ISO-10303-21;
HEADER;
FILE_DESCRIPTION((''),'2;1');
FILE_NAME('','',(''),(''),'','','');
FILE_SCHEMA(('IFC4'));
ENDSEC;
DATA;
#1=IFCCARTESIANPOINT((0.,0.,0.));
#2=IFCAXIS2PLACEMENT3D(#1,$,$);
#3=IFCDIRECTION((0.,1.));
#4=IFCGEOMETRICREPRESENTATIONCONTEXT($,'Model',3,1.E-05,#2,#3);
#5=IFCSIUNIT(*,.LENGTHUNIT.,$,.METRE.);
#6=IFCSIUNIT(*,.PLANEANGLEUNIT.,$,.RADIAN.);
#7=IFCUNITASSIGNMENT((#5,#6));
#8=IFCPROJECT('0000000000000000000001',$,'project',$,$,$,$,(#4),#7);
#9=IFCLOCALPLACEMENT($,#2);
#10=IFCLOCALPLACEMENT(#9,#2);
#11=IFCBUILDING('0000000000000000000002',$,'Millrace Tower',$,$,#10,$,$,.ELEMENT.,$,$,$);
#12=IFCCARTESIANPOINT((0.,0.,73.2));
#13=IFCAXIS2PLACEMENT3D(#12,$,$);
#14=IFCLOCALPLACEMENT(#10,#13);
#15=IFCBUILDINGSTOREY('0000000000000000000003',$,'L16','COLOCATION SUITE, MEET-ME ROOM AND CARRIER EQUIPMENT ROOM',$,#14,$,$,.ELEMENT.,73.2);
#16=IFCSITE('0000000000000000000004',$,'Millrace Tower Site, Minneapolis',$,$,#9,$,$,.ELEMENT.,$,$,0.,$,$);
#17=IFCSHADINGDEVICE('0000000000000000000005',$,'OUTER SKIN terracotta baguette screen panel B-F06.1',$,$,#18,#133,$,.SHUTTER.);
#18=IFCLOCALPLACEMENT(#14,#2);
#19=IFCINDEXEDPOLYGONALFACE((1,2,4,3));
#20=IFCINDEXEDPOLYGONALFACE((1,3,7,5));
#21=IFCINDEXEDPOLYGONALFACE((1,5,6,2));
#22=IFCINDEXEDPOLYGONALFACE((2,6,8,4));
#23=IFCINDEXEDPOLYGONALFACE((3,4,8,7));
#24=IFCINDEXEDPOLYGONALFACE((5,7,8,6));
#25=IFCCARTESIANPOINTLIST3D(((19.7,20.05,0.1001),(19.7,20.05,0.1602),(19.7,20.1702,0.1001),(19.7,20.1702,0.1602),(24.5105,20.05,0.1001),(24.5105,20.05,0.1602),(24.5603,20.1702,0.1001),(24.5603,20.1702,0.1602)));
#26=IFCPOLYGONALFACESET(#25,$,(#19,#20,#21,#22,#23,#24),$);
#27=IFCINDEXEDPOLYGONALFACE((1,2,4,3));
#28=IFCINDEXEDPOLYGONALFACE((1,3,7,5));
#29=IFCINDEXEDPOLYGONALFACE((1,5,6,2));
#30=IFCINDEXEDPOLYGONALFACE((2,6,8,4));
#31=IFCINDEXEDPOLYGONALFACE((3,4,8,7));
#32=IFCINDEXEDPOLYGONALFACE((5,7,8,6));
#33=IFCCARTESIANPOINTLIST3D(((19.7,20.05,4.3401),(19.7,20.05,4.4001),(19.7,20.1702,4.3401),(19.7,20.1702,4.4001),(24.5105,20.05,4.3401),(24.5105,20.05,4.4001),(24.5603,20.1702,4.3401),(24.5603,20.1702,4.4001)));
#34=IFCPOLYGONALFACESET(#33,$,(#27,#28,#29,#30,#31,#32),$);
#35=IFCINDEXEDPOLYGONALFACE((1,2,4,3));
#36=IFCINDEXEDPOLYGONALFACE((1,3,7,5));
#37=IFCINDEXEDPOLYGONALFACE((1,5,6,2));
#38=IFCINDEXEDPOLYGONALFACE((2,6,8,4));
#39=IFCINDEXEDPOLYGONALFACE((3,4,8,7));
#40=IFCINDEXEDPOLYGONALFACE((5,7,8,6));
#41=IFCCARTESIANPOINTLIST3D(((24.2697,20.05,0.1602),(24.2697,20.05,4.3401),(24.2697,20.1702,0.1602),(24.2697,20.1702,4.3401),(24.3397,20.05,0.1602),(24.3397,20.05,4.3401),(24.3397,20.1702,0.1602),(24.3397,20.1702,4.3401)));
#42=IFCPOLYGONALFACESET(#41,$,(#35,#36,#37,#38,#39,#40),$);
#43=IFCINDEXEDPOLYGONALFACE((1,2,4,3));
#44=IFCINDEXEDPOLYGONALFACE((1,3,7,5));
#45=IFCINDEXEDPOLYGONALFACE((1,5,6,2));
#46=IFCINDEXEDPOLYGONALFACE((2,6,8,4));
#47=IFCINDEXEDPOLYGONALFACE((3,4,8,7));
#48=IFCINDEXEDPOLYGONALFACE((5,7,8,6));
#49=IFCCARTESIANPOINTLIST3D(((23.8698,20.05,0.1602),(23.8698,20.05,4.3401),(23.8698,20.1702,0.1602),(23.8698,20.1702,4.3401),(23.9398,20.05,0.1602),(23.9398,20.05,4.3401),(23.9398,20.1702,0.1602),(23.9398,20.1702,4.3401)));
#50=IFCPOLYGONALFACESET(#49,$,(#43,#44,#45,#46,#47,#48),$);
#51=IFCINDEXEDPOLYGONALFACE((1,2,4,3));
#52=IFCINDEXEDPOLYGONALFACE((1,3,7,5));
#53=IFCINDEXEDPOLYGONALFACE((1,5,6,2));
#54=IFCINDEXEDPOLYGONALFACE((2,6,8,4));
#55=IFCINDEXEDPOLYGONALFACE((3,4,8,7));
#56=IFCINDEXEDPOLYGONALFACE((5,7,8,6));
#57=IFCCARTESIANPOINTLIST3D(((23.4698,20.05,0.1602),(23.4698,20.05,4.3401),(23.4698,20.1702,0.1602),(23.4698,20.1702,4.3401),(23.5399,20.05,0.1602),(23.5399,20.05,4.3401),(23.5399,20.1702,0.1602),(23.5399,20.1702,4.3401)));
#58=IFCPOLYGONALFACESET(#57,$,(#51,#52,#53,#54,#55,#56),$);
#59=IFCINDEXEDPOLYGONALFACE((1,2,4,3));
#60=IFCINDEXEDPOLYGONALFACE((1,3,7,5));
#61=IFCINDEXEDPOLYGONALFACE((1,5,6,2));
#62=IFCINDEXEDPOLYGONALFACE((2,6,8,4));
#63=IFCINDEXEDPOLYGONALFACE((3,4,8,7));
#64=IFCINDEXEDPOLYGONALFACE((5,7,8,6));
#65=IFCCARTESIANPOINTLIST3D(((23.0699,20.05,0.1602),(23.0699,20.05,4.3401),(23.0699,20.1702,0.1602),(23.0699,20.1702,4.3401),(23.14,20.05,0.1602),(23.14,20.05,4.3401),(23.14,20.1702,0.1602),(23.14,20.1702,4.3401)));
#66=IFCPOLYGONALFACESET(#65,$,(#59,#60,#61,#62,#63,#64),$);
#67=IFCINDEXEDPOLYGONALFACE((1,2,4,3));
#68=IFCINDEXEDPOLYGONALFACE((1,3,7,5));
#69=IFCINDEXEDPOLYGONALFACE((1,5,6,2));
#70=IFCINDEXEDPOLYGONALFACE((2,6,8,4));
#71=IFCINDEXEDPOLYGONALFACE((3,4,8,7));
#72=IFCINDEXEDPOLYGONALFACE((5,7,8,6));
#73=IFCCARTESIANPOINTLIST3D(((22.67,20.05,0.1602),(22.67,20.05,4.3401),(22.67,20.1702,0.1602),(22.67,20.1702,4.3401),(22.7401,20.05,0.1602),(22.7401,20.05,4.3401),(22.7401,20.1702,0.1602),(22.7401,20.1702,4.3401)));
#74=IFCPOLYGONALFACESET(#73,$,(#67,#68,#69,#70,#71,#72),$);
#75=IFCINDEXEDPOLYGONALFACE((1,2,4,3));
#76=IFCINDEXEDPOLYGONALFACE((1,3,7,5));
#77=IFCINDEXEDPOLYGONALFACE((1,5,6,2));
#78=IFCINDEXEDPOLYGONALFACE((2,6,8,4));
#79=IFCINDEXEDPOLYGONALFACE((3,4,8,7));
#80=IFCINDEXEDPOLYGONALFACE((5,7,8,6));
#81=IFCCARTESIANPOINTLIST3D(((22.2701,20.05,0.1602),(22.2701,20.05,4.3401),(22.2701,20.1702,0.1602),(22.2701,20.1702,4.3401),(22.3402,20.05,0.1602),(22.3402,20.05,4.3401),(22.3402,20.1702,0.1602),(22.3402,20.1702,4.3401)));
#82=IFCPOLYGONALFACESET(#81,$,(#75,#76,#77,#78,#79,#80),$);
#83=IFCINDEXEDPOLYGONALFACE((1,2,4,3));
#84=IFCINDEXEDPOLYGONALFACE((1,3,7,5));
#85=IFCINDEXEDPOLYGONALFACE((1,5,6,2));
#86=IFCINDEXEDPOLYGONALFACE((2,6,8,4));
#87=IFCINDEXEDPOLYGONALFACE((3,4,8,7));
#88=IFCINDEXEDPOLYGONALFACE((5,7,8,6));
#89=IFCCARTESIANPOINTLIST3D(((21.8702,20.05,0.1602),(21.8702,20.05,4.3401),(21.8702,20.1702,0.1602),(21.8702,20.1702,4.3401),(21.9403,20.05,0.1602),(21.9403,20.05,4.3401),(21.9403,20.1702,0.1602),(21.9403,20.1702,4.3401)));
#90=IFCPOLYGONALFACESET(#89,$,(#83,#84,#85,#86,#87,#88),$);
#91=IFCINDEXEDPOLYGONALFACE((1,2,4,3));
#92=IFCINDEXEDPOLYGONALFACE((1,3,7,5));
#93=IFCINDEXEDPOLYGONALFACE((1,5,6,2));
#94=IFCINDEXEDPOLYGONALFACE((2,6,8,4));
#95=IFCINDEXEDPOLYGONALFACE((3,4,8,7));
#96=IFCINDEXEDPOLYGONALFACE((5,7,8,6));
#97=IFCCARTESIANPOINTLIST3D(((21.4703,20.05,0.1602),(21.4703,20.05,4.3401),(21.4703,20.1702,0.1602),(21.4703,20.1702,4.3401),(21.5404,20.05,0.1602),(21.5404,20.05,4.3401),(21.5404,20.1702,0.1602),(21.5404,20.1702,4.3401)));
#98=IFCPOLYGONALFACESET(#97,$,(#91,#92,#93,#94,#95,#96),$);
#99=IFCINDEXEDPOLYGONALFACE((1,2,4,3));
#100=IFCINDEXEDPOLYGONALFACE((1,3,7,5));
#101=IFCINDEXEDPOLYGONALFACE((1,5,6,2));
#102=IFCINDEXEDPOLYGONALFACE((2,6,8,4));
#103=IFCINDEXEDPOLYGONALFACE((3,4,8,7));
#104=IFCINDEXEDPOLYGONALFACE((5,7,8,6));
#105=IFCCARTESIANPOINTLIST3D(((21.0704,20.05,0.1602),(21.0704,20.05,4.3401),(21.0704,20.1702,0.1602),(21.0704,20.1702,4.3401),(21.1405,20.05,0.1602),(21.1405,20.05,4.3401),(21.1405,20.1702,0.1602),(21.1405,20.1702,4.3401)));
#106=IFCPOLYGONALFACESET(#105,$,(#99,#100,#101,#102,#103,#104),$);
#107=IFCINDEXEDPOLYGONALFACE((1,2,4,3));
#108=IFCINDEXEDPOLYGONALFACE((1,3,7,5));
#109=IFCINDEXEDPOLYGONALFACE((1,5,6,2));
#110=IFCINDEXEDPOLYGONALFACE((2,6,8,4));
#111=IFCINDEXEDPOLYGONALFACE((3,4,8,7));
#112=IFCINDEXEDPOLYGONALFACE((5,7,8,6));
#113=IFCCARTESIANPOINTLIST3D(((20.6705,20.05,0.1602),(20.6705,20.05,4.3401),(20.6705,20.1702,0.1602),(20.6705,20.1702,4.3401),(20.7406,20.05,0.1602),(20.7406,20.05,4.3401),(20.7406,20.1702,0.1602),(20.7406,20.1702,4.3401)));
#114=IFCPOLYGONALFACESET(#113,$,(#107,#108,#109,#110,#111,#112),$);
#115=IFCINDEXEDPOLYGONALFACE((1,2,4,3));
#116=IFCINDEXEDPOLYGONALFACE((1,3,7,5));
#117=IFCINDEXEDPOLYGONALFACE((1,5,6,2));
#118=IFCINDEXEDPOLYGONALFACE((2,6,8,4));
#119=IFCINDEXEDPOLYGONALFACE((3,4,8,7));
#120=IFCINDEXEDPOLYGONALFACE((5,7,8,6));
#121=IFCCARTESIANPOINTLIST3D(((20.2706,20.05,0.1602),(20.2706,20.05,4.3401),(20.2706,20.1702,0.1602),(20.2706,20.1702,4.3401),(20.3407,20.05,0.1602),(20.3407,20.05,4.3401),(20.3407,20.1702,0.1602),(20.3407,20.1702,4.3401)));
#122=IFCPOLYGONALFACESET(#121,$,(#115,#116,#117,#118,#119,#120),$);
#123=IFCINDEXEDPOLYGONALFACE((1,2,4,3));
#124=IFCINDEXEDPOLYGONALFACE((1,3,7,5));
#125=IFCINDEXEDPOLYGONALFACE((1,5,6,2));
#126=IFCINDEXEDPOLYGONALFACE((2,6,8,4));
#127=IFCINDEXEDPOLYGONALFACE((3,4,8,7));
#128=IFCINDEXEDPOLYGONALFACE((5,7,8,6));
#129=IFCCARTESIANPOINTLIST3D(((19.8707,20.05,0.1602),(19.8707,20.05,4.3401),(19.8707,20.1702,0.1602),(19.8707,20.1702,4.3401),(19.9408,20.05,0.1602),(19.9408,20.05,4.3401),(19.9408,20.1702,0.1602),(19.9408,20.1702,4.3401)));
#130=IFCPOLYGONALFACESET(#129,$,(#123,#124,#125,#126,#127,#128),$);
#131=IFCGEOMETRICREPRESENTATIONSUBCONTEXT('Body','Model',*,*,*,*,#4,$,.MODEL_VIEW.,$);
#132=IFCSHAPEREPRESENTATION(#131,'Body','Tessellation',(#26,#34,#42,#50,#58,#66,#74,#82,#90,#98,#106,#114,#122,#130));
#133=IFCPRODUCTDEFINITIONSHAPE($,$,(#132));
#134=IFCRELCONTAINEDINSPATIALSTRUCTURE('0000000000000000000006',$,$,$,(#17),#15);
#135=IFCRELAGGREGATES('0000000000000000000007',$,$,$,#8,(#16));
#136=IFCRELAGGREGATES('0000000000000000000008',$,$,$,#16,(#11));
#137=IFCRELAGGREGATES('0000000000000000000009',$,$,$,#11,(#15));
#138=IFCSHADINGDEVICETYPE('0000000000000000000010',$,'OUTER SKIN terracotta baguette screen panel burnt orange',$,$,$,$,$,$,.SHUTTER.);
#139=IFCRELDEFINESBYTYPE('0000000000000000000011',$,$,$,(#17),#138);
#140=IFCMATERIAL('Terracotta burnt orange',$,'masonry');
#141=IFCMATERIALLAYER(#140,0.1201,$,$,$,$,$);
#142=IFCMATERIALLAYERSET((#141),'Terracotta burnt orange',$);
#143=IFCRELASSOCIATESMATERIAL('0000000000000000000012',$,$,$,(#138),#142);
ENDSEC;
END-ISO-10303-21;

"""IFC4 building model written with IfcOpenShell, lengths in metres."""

from ifc_helpers import new_model, entity, si_unit, direction, frame, frame_2d, origin, place, context, subcontext, project, spatial, rectangle, extrude, source, transform, mapped, material, layer, layer_set, type_object, element, save


model = new_model("IFC4")

# Units and contexts
model_context = context("Model", 3, precision=1e-05, world=origin(), true_north=direction((0.0, 1.0)))
body_context = subcontext(model_context, "Body", "Model", "MODEL_VIEW")
ifc_project = project(units=[si_unit("LENGTHUNIT", "METRE"), si_unit("PLANEANGLEUNIT", "RADIAN")], contexts=[model_context])

# Site, building, storey
site_placement = place(None, origin())
site = spatial("IfcSite", under=ifc_project, at=site_placement, Name="Millrace Tower Site, Minneapolis", CompositionType="ELEMENT", RefElevation=0.0)
building_placement = place(site_placement, origin())
building = spatial("IfcBuilding", under=site, at=building_placement, Name="Millrace Tower", CompositionType="ELEMENT")
storey_placement = place(building_placement, frame((0.0, 0.0, 73.2)))
storey = spatial("IfcBuildingStorey", under=building, at=storey_placement, Name="L16", Description="COLOCATION SUITE, MEET-ME ROOM AND CARRIER EQUIPMENT ROOM", CompositionType="ELEMENT", Elevation=73.2)

# Shading device
ifc_material_1 = material(Name="Terracotta burnt orange", Category="masonry")
ifc_layer_1 = layer(ifc_material_1, 0.1201)
ifc_layer_set_1 = layer_set([ifc_layer_1], Name="Terracotta burnt orange")
shading_device_type = type_object("IfcShadingDeviceType", Name="OUTER SKIN terracotta baguette screen panel burnt orange", PredefinedType="SHUTTER", material=ifc_layer_set_1)
cartesian_point_1 = entity("IfcCartesianPoint", [-2.3928, 0.0601])
shared_polyline_1 = entity("IfcPolyline", [cartesian_point_1, entity("IfcCartesianPoint", [2.4177, 0.0601]), entity("IfcCartesianPoint", [2.4177, -0.0601]), entity("IfcCartesianPoint", [-2.4426, -0.0601]), cartesian_point_1])
shared_shape_1 = source(origin(), body_context, "Body", "SweptSolid", [
    entity("IfcExtrudedAreaSolid", entity("IfcArbitraryClosedProfileDef", "AREA", None, shared_polyline_1), entity("IfcAxis2Placement3D", entity("IfcCartesianPoint", [0.0, 0.0, 0.0])), entity("IfcDirection", [0.0, 0.0, 1.0]), 0.0601),
    entity("IfcExtrudedAreaSolid", entity("IfcArbitraryClosedProfileDef", "AREA", None, shared_polyline_1), entity("IfcAxis2Placement3D", entity("IfcCartesianPoint", [0.0, 0.0, 4.24])), entity("IfcDirection", [0.0, 0.0, 1.0]), 0.0601),
    extrude(rectangle(XDim=0.0701, YDim=0.1201, at=frame_2d((-2.187, 0.0))), frame((0.0, 0.0, 0.0601)), (0.0, 0.0, 1.0), 4.1799),
    extrude(rectangle(XDim=0.0701, YDim=0.1201, at=frame_2d((-1.7871, 0.0))), frame((0.0, 0.0, 0.0601)), (0.0, 0.0, 1.0), 4.1799),
    extrude(rectangle(XDim=0.0701, YDim=0.1201, at=frame_2d((-1.3872, 0.0))), frame((0.0, 0.0, 0.0601)), (0.0, 0.0, 1.0), 4.1799),
    extrude(rectangle(XDim=0.0701, YDim=0.1201, at=frame_2d((-0.9873, 0.0))), frame((0.0, 0.0, 0.0601)), (0.0, 0.0, 1.0), 4.1799),
    extrude(rectangle(XDim=0.0701, YDim=0.1201, at=frame_2d((-0.5874, 0.0))), frame((0.0, 0.0, 0.0601)), (0.0, 0.0, 1.0), 4.1799),
    extrude(rectangle(XDim=0.0701, YDim=0.1201, at=frame_2d((-0.1875, 0.0))), frame((0.0, 0.0, 0.0601)), (0.0, 0.0, 1.0), 4.1799),
    extrude(rectangle(XDim=0.0701, YDim=0.1201, at=frame_2d((0.2124, 0.0))), frame((0.0, 0.0, 0.0601)), (0.0, 0.0, 1.0), 4.1799),
    extrude(rectangle(XDim=0.0701, YDim=0.1201, at=frame_2d((0.6123, 0.0))), frame((0.0, 0.0, 0.0601)), (0.0, 0.0, 1.0), 4.1799),
    extrude(rectangle(XDim=0.0701, YDim=0.1201, at=frame_2d((1.0122, 0.0))), frame((0.0, 0.0, 0.0601)), (0.0, 0.0, 1.0), 4.1799),
    extrude(rectangle(XDim=0.0701, YDim=0.1201, at=frame_2d((1.4121, 0.0))), frame((0.0, 0.0, 0.0601)), (0.0, 0.0, 1.0), 4.1799),
    extrude(rectangle(XDim=0.0701, YDim=0.1201, at=frame_2d((1.812, 0.0))), frame((0.0, 0.0, 0.0601)), (0.0, 0.0, 1.0), 4.1799),
    extrude(rectangle(XDim=0.0701, YDim=0.1201, at=frame_2d((2.2119, 0.0))), frame((0.0, 0.0, 0.0601)), (0.0, 0.0, 1.0), 4.1799),
])
shading_device_1_placement = place(storey_placement, frame((22.1177, 20.1101, 0.1001), z_axis=(0.0, 0.0, 1.0), x_axis=(-1.0, 0.0, 0.0)))
element("IfcShadingDevice", 1, at=shading_device_1_placement, inside=storey, type_object=shading_device_type, Name="OUTER SKIN terracotta baguette screen panel B-F06.1", PredefinedType="SHUTTER", context=body_context, shape_type="MappedRepresentation", body=[
    mapped(shared_shape_1, transform((0.0, 0.0, 0.0), scale=1.0)),
])

save(model, "model.ifc")
